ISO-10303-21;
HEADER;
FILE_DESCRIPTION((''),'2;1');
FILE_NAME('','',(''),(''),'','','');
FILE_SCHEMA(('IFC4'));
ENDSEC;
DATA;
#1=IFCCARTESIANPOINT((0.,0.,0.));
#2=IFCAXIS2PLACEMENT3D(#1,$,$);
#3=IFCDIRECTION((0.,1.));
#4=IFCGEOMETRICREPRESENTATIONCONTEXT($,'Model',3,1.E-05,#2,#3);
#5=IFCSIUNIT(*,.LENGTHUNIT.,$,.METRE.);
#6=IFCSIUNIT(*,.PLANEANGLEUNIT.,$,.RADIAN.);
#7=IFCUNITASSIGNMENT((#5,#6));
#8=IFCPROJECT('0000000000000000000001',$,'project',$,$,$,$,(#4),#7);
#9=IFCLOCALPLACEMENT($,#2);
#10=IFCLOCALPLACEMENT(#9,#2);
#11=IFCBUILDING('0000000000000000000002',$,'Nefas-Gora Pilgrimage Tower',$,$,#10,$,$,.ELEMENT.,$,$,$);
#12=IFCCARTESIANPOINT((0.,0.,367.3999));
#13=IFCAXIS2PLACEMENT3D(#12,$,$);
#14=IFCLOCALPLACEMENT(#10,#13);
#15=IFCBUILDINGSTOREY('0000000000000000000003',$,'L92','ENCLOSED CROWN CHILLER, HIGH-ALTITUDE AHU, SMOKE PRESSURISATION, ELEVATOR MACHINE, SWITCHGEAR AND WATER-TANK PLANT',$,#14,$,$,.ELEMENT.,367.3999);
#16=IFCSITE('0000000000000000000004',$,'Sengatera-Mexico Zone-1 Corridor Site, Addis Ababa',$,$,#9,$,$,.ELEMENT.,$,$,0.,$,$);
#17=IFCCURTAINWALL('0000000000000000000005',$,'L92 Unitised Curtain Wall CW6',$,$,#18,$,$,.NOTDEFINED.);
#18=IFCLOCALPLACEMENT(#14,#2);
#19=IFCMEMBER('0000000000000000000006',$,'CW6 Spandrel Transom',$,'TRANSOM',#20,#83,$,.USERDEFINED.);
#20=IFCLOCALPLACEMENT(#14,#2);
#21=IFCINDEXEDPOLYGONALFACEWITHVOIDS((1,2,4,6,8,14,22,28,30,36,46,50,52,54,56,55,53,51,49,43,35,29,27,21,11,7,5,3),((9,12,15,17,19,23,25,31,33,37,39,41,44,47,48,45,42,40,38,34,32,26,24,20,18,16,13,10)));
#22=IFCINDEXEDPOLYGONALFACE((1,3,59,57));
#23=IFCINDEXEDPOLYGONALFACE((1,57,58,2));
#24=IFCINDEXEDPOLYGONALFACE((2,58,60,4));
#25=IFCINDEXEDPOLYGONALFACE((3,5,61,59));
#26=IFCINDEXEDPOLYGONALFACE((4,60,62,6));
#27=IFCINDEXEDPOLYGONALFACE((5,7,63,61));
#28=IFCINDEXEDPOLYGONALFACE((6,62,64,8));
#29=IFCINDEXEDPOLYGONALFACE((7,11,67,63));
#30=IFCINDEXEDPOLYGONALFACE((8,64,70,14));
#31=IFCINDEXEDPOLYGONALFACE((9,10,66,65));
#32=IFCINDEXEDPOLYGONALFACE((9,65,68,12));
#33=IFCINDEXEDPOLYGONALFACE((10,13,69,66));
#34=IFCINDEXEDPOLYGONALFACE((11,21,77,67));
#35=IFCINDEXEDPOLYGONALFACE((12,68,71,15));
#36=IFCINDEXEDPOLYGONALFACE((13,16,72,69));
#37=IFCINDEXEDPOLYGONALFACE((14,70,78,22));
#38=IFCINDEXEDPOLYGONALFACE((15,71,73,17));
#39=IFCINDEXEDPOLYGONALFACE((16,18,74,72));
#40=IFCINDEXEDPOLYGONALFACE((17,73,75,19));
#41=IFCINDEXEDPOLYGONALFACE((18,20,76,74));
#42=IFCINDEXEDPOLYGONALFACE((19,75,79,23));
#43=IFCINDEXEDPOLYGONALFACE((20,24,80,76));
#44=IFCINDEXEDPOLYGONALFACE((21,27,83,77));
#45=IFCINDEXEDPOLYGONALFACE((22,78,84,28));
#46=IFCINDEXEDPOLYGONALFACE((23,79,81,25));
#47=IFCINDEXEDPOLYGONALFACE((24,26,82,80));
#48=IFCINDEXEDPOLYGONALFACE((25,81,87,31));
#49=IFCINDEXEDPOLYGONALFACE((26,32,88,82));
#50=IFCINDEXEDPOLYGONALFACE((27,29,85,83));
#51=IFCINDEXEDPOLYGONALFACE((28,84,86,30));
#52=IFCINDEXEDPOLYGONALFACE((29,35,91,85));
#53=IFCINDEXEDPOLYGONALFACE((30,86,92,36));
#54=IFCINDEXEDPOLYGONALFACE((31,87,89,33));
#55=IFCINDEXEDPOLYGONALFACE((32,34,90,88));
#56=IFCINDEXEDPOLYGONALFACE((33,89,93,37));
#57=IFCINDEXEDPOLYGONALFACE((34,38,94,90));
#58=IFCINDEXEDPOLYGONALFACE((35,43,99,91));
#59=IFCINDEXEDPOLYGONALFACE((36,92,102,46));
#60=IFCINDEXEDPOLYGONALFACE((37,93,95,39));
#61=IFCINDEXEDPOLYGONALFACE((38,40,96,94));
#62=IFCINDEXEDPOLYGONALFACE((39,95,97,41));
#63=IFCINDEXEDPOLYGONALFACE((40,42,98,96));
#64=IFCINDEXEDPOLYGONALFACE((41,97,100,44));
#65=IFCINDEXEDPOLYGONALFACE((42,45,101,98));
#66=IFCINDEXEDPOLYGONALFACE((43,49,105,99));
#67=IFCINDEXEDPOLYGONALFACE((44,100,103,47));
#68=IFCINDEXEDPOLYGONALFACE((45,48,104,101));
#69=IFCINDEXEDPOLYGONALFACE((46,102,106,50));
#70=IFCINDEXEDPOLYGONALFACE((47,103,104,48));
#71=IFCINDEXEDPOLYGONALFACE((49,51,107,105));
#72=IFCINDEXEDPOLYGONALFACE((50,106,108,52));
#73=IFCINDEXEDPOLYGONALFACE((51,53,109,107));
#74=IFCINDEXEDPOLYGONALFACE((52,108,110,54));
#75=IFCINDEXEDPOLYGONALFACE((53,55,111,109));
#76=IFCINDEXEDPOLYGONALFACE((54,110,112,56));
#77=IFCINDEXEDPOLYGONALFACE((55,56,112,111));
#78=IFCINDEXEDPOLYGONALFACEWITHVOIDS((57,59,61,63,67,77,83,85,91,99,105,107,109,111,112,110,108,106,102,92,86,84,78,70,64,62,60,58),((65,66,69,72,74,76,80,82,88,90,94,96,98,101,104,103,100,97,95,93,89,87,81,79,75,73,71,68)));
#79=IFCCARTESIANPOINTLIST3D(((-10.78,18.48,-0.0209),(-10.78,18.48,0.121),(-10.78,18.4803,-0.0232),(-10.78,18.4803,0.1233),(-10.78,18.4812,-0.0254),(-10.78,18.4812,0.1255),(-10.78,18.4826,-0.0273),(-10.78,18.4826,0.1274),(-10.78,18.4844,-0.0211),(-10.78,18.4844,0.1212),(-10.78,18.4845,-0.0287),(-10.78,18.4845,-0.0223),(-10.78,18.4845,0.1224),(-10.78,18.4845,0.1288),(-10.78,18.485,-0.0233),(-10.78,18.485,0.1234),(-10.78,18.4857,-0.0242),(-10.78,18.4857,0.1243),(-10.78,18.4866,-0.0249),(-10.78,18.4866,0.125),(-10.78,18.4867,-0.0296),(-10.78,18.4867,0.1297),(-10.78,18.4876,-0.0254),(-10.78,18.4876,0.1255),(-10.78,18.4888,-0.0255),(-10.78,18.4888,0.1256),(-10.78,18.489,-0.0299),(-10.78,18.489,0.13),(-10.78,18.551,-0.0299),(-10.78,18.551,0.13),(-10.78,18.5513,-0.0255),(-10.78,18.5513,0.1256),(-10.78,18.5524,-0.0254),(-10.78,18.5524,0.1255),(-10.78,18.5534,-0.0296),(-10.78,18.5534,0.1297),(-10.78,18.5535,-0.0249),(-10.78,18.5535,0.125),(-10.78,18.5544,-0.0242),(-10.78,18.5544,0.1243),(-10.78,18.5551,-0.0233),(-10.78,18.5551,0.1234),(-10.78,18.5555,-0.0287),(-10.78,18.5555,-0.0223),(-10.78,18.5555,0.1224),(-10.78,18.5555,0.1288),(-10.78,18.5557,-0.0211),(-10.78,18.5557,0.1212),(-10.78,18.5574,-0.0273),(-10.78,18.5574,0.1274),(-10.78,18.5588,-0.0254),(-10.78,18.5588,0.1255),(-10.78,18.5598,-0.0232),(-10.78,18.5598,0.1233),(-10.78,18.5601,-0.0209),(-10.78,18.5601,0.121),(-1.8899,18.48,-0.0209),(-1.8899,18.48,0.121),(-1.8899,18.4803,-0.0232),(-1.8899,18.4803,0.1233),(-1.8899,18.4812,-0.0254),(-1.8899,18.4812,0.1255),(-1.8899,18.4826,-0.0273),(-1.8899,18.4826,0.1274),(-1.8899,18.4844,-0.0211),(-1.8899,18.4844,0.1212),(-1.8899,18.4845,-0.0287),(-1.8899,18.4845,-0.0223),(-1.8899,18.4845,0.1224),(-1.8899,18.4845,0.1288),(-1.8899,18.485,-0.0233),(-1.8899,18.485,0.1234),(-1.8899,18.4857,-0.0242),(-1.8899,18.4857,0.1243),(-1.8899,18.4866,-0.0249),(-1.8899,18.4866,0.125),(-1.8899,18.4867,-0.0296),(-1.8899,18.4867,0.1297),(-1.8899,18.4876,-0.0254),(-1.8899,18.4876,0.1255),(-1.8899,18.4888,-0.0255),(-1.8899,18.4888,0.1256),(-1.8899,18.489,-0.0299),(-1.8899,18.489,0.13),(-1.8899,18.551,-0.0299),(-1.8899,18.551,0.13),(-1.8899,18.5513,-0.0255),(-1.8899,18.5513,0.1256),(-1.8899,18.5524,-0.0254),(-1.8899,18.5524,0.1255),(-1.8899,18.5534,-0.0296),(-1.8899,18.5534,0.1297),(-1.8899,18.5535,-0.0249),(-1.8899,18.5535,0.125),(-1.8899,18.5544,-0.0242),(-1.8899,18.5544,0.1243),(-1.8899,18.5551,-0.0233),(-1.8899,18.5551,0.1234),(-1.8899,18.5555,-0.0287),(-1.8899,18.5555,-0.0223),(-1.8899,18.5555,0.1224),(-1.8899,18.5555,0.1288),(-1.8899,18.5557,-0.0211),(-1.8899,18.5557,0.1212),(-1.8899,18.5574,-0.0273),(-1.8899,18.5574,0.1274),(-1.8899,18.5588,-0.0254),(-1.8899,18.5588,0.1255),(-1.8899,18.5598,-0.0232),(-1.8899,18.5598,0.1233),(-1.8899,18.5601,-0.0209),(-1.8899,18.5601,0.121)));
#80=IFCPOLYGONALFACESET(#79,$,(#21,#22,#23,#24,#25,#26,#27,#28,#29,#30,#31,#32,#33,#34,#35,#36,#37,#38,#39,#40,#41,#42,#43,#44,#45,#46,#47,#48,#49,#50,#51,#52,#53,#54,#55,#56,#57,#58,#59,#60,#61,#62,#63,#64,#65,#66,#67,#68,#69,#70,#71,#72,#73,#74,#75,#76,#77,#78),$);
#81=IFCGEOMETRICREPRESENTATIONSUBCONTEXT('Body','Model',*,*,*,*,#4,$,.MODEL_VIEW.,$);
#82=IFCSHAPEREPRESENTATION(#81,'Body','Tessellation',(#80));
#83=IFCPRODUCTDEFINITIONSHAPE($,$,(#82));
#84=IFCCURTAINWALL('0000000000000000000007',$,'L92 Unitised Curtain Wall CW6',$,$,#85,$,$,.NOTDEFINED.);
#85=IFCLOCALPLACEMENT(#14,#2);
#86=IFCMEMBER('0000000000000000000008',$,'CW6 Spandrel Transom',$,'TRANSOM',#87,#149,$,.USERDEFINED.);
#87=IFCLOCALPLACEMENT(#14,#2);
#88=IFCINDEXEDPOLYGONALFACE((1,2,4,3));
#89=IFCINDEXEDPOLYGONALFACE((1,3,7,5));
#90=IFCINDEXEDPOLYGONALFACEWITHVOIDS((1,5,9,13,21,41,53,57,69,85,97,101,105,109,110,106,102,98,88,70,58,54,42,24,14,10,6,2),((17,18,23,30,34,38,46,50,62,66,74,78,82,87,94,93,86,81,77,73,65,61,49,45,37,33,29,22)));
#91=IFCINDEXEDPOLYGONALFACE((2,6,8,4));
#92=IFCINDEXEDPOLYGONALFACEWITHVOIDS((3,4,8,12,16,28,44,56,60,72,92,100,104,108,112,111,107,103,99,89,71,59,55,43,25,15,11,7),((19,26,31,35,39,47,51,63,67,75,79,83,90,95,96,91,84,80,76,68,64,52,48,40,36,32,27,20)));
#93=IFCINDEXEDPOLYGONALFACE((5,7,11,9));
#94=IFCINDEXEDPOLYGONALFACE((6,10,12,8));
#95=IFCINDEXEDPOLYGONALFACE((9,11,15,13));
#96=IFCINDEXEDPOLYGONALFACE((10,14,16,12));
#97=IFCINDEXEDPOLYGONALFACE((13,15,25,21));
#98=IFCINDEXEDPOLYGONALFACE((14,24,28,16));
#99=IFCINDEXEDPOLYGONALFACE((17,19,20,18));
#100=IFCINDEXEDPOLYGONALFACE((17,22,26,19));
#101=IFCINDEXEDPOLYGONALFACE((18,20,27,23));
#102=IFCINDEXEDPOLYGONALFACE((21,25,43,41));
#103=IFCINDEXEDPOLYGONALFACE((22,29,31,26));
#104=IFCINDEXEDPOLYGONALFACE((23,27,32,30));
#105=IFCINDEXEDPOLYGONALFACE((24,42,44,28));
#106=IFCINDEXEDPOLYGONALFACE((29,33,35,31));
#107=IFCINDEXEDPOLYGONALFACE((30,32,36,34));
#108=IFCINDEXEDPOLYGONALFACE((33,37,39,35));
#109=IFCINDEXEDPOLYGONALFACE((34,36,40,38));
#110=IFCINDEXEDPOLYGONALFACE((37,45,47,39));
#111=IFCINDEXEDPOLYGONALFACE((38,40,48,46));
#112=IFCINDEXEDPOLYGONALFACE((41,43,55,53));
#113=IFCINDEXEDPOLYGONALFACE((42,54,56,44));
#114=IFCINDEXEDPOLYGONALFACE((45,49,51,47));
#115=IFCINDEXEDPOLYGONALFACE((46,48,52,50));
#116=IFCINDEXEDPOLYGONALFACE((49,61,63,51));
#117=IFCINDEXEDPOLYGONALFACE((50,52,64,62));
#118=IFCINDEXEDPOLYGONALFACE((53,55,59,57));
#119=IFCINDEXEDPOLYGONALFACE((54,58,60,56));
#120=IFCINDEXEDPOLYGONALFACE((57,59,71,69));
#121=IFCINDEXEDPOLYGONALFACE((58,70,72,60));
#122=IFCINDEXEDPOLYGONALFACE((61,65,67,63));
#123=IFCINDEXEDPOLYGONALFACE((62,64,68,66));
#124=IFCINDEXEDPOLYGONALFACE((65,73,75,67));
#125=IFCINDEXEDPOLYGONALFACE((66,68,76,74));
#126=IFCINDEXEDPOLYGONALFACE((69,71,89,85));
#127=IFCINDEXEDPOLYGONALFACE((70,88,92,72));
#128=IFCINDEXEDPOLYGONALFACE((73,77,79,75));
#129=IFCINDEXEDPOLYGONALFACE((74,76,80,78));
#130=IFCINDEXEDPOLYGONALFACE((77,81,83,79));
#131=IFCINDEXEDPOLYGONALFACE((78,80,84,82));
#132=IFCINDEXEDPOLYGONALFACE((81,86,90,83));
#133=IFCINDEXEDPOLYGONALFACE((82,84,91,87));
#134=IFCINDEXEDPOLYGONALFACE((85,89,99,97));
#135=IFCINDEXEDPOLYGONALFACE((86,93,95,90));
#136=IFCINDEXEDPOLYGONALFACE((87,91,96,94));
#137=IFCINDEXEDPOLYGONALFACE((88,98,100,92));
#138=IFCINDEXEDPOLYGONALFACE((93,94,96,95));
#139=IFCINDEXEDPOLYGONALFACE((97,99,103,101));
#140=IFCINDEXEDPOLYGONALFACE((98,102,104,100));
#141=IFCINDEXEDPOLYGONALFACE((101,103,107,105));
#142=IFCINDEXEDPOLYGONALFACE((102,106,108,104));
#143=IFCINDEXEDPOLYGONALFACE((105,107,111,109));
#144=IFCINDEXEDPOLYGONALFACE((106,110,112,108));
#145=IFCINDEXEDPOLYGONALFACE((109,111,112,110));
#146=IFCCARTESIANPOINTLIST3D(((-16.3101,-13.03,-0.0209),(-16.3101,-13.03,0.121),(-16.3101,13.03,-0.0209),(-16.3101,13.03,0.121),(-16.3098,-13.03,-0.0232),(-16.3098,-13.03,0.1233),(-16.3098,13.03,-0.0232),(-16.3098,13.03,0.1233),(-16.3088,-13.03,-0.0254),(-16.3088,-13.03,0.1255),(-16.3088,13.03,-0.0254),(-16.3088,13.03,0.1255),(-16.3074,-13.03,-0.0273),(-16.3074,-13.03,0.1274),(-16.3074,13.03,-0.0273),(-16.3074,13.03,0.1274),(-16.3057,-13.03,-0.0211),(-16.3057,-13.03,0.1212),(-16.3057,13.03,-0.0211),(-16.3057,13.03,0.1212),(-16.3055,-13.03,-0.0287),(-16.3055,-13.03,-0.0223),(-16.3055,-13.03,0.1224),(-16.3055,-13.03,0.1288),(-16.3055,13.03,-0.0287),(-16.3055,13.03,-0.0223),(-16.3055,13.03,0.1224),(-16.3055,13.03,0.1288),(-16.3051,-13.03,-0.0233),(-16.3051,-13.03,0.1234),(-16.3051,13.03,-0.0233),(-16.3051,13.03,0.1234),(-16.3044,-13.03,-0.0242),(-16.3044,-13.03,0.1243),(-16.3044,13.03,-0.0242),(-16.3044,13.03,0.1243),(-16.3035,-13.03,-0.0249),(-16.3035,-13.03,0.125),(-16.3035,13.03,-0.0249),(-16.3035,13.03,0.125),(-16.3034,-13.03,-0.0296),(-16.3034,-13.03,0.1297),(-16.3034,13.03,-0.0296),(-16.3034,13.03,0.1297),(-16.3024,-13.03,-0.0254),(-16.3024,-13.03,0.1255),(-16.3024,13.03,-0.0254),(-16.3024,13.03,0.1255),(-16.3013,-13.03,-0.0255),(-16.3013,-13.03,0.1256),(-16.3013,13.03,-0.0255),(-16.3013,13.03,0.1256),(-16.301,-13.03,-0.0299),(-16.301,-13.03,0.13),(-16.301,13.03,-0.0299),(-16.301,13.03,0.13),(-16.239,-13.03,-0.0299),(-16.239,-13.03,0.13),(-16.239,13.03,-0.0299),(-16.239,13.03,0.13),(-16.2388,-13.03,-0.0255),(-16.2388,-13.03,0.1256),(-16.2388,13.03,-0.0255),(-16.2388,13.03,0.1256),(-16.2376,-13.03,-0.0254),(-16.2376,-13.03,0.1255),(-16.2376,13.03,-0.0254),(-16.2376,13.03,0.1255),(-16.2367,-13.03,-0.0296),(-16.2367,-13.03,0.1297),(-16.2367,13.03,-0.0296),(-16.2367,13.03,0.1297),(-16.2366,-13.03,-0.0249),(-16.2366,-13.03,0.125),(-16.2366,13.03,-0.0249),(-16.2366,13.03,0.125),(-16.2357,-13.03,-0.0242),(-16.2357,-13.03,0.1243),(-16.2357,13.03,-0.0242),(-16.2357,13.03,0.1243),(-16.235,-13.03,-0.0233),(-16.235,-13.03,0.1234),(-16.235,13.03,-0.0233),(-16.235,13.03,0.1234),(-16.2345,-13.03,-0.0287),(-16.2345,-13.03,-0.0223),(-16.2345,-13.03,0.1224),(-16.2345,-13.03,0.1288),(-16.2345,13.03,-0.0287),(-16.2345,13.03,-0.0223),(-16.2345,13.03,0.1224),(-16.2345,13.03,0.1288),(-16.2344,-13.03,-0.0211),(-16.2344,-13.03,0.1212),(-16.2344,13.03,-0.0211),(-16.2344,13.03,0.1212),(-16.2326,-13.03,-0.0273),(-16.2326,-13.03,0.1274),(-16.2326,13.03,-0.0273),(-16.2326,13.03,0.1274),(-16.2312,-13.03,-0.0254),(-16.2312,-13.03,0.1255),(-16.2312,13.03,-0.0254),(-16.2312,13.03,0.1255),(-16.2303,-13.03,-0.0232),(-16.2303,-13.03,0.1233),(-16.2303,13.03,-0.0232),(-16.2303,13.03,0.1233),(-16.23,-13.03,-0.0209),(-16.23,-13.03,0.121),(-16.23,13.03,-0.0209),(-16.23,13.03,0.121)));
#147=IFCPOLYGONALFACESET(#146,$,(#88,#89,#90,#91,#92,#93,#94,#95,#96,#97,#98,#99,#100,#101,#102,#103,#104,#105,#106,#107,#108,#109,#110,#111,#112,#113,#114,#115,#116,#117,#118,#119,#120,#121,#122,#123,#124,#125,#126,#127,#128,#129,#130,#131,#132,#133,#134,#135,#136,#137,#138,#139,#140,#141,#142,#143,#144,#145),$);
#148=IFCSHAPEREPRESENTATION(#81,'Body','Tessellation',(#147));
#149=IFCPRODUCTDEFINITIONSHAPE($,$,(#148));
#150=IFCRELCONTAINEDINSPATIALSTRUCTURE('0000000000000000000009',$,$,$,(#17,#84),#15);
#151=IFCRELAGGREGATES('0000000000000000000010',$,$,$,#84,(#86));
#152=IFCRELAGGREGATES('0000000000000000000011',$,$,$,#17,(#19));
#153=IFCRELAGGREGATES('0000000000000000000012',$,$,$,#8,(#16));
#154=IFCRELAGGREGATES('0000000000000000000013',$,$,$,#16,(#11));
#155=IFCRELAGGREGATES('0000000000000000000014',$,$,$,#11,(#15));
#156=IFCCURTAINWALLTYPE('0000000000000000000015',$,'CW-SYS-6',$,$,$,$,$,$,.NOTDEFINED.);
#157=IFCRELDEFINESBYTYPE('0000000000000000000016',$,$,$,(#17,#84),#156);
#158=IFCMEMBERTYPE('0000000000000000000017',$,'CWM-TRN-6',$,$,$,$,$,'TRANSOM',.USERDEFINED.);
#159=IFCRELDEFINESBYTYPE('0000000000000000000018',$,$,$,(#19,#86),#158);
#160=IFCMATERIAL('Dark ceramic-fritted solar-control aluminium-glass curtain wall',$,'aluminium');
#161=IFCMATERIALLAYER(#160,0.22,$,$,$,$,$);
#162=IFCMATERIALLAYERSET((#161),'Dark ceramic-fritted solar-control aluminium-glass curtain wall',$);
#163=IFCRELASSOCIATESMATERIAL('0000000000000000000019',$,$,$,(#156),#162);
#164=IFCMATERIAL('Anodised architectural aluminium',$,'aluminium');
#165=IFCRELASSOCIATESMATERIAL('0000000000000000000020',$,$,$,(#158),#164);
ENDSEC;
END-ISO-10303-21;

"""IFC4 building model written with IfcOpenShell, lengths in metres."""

from ifc_helpers import new_model, si_unit, direction, frame, origin, origin_2d, place, context, subcontext, project, spatial, hollow_rectangle, extrude, source, transform, mapped, material, layer, layer_set, material_profile, profile_set, type_object, element, aggregate, save


model = new_model("IFC4")

# Units and contexts
model_context = context("Model", 3, precision=1e-05, world=origin(), true_north=direction((0.0, 1.0)))
body_context = subcontext(model_context, "Body", "Model", "MODEL_VIEW")
ifc_project = project(units=[si_unit("LENGTHUNIT", "METRE"), si_unit("PLANEANGLEUNIT", "RADIAN")], contexts=[model_context])

# Site, building, storey
site_placement = place(None, origin())
site = spatial("IfcSite", under=ifc_project, at=site_placement, Name="Sengatera-Mexico Zone-1 Corridor Site, Addis Ababa", CompositionType="ELEMENT", RefElevation=0.0)
building_placement = place(site_placement, origin())
building = spatial("IfcBuilding", under=site, at=building_placement, Name="Nefas-Gora Pilgrimage Tower", CompositionType="ELEMENT")
storey_placement = place(building_placement, frame((0.0, 0.0, 367.3999)))
storey = spatial("IfcBuildingStorey", under=building, at=storey_placement, Name="L92", Description="ENCLOSED CROWN CHILLER, HIGH-ALTITUDE AHU, SMOKE PRESSURISATION, ELEVATOR MACHINE, SWITCHGEAR AND WATER-TANK PLANT", CompositionType="ELEMENT", Elevation=367.3999)

# Curtain walls, members
ifc_material_1 = material(Name="Dark ceramic-fritted solar-control aluminium-glass curtain wall", Category="aluminium")
ifc_layer_1 = layer(ifc_material_1, 0.22)
ifc_layer_set_1 = layer_set([ifc_layer_1], Name="Dark ceramic-fritted solar-control aluminium-glass curtain wall")
curtain_wall_type = type_object("IfcCurtainWallType", Name="CW-SYS-6", PredefinedType="NOTDEFINED", material=ifc_layer_set_1)
curtain_wall_1_placement = place(storey_placement, origin())
curtain_wall_1 = element("IfcCurtainWall", 1, at=curtain_wall_1_placement, inside=storey, type_object=curtain_wall_type, Name="L92 Unitised Curtain Wall CW6", PredefinedType="NOTDEFINED")
ifc_material_2 = material(Name="Anodised architectural aluminium", Category="aluminium")
ifc_material_profile_1 = material_profile(ifc_material_2, hollow_rectangle(XDim=0.0801, YDim=0.1599, WallThickness=0.0044, InnerFilletRadius=0.0044, OuterFilletRadius=0.009, at=origin_2d()), Name="ALU TRANSOM 80x160")
ifc_profile_set_1 = profile_set([ifc_material_profile_1], Name="Anodised architectural aluminium")
member_type_1 = type_object("IfcMemberType", Name="CWM-TRN-6", ElementType="TRANSOM", PredefinedType="USERDEFINED", material=ifc_profile_set_1)
shared_shape_1 = source(origin(), body_context, "Body", "SweptSolid", [
    extrude(hollow_rectangle(XDim=0.0801, YDim=0.1599, WallThickness=0.0044, InnerFilletRadius=0.0044, OuterFilletRadius=0.009, at=origin_2d()), origin(), (0.0, 0.0, 1.0), 8.8901),
])
member_1_placement = place(storey_placement, frame((-1.8899, 18.52, 0.05), z_axis=(-1.0, 0.0, 0.0), x_axis=(0.0, -1.0, 0.0)))
member_1 = element("IfcMember", 2, at=member_1_placement, type_object=member_type_1, Name="CW6 Spandrel Transom", ObjectType="TRANSOM", PredefinedType="USERDEFINED", context=body_context, shape_type="MappedRepresentation", body=[
    mapped(shared_shape_1, transform((0.0, 0.0, 0.0), x_axis=(1.0, 0.0, 0.0), y_axis=(0.0, 1.0, 0.0), z_axis=(0.0, 0.0, 1.0), scale=1.0)),
])
curtain_wall_2_placement = place(storey_placement, origin())
curtain_wall_2 = element("IfcCurtainWall", 3, at=curtain_wall_2_placement, inside=storey, type_object=curtain_wall_type, Name="L92 Unitised Curtain Wall CW6", PredefinedType="NOTDEFINED")
shared_shape_2 = source(origin(), body_context, "Body", "SweptSolid", [
    extrude(hollow_rectangle(XDim=0.0801, YDim=0.1599, WallThickness=0.0044, InnerFilletRadius=0.0044, OuterFilletRadius=0.009, at=origin_2d()), origin(), (0.0, 0.0, 1.0), 26.0601),
])
member_2_placement = place(storey_placement, frame((-16.27, 13.03, 0.05), z_axis=(0.0, -1.0, 0.0), x_axis=(1.0, 0.0, 0.0)))
member_2 = element("IfcMember", 4, at=member_2_placement, type_object=member_type_1, Name="CW6 Spandrel Transom", ObjectType="TRANSOM", PredefinedType="USERDEFINED", context=body_context, shape_type="MappedRepresentation", body=[
    mapped(shared_shape_2, transform((0.0, 0.0, 0.0), x_axis=(1.0, 0.0, 0.0), y_axis=(0.0, 1.0, 0.0), z_axis=(0.0, 0.0, 1.0), scale=1.0)),
])

aggregate(curtain_wall_2, [member_2])

aggregate(curtain_wall_1, [member_1])

save(model, "model.ifc")
